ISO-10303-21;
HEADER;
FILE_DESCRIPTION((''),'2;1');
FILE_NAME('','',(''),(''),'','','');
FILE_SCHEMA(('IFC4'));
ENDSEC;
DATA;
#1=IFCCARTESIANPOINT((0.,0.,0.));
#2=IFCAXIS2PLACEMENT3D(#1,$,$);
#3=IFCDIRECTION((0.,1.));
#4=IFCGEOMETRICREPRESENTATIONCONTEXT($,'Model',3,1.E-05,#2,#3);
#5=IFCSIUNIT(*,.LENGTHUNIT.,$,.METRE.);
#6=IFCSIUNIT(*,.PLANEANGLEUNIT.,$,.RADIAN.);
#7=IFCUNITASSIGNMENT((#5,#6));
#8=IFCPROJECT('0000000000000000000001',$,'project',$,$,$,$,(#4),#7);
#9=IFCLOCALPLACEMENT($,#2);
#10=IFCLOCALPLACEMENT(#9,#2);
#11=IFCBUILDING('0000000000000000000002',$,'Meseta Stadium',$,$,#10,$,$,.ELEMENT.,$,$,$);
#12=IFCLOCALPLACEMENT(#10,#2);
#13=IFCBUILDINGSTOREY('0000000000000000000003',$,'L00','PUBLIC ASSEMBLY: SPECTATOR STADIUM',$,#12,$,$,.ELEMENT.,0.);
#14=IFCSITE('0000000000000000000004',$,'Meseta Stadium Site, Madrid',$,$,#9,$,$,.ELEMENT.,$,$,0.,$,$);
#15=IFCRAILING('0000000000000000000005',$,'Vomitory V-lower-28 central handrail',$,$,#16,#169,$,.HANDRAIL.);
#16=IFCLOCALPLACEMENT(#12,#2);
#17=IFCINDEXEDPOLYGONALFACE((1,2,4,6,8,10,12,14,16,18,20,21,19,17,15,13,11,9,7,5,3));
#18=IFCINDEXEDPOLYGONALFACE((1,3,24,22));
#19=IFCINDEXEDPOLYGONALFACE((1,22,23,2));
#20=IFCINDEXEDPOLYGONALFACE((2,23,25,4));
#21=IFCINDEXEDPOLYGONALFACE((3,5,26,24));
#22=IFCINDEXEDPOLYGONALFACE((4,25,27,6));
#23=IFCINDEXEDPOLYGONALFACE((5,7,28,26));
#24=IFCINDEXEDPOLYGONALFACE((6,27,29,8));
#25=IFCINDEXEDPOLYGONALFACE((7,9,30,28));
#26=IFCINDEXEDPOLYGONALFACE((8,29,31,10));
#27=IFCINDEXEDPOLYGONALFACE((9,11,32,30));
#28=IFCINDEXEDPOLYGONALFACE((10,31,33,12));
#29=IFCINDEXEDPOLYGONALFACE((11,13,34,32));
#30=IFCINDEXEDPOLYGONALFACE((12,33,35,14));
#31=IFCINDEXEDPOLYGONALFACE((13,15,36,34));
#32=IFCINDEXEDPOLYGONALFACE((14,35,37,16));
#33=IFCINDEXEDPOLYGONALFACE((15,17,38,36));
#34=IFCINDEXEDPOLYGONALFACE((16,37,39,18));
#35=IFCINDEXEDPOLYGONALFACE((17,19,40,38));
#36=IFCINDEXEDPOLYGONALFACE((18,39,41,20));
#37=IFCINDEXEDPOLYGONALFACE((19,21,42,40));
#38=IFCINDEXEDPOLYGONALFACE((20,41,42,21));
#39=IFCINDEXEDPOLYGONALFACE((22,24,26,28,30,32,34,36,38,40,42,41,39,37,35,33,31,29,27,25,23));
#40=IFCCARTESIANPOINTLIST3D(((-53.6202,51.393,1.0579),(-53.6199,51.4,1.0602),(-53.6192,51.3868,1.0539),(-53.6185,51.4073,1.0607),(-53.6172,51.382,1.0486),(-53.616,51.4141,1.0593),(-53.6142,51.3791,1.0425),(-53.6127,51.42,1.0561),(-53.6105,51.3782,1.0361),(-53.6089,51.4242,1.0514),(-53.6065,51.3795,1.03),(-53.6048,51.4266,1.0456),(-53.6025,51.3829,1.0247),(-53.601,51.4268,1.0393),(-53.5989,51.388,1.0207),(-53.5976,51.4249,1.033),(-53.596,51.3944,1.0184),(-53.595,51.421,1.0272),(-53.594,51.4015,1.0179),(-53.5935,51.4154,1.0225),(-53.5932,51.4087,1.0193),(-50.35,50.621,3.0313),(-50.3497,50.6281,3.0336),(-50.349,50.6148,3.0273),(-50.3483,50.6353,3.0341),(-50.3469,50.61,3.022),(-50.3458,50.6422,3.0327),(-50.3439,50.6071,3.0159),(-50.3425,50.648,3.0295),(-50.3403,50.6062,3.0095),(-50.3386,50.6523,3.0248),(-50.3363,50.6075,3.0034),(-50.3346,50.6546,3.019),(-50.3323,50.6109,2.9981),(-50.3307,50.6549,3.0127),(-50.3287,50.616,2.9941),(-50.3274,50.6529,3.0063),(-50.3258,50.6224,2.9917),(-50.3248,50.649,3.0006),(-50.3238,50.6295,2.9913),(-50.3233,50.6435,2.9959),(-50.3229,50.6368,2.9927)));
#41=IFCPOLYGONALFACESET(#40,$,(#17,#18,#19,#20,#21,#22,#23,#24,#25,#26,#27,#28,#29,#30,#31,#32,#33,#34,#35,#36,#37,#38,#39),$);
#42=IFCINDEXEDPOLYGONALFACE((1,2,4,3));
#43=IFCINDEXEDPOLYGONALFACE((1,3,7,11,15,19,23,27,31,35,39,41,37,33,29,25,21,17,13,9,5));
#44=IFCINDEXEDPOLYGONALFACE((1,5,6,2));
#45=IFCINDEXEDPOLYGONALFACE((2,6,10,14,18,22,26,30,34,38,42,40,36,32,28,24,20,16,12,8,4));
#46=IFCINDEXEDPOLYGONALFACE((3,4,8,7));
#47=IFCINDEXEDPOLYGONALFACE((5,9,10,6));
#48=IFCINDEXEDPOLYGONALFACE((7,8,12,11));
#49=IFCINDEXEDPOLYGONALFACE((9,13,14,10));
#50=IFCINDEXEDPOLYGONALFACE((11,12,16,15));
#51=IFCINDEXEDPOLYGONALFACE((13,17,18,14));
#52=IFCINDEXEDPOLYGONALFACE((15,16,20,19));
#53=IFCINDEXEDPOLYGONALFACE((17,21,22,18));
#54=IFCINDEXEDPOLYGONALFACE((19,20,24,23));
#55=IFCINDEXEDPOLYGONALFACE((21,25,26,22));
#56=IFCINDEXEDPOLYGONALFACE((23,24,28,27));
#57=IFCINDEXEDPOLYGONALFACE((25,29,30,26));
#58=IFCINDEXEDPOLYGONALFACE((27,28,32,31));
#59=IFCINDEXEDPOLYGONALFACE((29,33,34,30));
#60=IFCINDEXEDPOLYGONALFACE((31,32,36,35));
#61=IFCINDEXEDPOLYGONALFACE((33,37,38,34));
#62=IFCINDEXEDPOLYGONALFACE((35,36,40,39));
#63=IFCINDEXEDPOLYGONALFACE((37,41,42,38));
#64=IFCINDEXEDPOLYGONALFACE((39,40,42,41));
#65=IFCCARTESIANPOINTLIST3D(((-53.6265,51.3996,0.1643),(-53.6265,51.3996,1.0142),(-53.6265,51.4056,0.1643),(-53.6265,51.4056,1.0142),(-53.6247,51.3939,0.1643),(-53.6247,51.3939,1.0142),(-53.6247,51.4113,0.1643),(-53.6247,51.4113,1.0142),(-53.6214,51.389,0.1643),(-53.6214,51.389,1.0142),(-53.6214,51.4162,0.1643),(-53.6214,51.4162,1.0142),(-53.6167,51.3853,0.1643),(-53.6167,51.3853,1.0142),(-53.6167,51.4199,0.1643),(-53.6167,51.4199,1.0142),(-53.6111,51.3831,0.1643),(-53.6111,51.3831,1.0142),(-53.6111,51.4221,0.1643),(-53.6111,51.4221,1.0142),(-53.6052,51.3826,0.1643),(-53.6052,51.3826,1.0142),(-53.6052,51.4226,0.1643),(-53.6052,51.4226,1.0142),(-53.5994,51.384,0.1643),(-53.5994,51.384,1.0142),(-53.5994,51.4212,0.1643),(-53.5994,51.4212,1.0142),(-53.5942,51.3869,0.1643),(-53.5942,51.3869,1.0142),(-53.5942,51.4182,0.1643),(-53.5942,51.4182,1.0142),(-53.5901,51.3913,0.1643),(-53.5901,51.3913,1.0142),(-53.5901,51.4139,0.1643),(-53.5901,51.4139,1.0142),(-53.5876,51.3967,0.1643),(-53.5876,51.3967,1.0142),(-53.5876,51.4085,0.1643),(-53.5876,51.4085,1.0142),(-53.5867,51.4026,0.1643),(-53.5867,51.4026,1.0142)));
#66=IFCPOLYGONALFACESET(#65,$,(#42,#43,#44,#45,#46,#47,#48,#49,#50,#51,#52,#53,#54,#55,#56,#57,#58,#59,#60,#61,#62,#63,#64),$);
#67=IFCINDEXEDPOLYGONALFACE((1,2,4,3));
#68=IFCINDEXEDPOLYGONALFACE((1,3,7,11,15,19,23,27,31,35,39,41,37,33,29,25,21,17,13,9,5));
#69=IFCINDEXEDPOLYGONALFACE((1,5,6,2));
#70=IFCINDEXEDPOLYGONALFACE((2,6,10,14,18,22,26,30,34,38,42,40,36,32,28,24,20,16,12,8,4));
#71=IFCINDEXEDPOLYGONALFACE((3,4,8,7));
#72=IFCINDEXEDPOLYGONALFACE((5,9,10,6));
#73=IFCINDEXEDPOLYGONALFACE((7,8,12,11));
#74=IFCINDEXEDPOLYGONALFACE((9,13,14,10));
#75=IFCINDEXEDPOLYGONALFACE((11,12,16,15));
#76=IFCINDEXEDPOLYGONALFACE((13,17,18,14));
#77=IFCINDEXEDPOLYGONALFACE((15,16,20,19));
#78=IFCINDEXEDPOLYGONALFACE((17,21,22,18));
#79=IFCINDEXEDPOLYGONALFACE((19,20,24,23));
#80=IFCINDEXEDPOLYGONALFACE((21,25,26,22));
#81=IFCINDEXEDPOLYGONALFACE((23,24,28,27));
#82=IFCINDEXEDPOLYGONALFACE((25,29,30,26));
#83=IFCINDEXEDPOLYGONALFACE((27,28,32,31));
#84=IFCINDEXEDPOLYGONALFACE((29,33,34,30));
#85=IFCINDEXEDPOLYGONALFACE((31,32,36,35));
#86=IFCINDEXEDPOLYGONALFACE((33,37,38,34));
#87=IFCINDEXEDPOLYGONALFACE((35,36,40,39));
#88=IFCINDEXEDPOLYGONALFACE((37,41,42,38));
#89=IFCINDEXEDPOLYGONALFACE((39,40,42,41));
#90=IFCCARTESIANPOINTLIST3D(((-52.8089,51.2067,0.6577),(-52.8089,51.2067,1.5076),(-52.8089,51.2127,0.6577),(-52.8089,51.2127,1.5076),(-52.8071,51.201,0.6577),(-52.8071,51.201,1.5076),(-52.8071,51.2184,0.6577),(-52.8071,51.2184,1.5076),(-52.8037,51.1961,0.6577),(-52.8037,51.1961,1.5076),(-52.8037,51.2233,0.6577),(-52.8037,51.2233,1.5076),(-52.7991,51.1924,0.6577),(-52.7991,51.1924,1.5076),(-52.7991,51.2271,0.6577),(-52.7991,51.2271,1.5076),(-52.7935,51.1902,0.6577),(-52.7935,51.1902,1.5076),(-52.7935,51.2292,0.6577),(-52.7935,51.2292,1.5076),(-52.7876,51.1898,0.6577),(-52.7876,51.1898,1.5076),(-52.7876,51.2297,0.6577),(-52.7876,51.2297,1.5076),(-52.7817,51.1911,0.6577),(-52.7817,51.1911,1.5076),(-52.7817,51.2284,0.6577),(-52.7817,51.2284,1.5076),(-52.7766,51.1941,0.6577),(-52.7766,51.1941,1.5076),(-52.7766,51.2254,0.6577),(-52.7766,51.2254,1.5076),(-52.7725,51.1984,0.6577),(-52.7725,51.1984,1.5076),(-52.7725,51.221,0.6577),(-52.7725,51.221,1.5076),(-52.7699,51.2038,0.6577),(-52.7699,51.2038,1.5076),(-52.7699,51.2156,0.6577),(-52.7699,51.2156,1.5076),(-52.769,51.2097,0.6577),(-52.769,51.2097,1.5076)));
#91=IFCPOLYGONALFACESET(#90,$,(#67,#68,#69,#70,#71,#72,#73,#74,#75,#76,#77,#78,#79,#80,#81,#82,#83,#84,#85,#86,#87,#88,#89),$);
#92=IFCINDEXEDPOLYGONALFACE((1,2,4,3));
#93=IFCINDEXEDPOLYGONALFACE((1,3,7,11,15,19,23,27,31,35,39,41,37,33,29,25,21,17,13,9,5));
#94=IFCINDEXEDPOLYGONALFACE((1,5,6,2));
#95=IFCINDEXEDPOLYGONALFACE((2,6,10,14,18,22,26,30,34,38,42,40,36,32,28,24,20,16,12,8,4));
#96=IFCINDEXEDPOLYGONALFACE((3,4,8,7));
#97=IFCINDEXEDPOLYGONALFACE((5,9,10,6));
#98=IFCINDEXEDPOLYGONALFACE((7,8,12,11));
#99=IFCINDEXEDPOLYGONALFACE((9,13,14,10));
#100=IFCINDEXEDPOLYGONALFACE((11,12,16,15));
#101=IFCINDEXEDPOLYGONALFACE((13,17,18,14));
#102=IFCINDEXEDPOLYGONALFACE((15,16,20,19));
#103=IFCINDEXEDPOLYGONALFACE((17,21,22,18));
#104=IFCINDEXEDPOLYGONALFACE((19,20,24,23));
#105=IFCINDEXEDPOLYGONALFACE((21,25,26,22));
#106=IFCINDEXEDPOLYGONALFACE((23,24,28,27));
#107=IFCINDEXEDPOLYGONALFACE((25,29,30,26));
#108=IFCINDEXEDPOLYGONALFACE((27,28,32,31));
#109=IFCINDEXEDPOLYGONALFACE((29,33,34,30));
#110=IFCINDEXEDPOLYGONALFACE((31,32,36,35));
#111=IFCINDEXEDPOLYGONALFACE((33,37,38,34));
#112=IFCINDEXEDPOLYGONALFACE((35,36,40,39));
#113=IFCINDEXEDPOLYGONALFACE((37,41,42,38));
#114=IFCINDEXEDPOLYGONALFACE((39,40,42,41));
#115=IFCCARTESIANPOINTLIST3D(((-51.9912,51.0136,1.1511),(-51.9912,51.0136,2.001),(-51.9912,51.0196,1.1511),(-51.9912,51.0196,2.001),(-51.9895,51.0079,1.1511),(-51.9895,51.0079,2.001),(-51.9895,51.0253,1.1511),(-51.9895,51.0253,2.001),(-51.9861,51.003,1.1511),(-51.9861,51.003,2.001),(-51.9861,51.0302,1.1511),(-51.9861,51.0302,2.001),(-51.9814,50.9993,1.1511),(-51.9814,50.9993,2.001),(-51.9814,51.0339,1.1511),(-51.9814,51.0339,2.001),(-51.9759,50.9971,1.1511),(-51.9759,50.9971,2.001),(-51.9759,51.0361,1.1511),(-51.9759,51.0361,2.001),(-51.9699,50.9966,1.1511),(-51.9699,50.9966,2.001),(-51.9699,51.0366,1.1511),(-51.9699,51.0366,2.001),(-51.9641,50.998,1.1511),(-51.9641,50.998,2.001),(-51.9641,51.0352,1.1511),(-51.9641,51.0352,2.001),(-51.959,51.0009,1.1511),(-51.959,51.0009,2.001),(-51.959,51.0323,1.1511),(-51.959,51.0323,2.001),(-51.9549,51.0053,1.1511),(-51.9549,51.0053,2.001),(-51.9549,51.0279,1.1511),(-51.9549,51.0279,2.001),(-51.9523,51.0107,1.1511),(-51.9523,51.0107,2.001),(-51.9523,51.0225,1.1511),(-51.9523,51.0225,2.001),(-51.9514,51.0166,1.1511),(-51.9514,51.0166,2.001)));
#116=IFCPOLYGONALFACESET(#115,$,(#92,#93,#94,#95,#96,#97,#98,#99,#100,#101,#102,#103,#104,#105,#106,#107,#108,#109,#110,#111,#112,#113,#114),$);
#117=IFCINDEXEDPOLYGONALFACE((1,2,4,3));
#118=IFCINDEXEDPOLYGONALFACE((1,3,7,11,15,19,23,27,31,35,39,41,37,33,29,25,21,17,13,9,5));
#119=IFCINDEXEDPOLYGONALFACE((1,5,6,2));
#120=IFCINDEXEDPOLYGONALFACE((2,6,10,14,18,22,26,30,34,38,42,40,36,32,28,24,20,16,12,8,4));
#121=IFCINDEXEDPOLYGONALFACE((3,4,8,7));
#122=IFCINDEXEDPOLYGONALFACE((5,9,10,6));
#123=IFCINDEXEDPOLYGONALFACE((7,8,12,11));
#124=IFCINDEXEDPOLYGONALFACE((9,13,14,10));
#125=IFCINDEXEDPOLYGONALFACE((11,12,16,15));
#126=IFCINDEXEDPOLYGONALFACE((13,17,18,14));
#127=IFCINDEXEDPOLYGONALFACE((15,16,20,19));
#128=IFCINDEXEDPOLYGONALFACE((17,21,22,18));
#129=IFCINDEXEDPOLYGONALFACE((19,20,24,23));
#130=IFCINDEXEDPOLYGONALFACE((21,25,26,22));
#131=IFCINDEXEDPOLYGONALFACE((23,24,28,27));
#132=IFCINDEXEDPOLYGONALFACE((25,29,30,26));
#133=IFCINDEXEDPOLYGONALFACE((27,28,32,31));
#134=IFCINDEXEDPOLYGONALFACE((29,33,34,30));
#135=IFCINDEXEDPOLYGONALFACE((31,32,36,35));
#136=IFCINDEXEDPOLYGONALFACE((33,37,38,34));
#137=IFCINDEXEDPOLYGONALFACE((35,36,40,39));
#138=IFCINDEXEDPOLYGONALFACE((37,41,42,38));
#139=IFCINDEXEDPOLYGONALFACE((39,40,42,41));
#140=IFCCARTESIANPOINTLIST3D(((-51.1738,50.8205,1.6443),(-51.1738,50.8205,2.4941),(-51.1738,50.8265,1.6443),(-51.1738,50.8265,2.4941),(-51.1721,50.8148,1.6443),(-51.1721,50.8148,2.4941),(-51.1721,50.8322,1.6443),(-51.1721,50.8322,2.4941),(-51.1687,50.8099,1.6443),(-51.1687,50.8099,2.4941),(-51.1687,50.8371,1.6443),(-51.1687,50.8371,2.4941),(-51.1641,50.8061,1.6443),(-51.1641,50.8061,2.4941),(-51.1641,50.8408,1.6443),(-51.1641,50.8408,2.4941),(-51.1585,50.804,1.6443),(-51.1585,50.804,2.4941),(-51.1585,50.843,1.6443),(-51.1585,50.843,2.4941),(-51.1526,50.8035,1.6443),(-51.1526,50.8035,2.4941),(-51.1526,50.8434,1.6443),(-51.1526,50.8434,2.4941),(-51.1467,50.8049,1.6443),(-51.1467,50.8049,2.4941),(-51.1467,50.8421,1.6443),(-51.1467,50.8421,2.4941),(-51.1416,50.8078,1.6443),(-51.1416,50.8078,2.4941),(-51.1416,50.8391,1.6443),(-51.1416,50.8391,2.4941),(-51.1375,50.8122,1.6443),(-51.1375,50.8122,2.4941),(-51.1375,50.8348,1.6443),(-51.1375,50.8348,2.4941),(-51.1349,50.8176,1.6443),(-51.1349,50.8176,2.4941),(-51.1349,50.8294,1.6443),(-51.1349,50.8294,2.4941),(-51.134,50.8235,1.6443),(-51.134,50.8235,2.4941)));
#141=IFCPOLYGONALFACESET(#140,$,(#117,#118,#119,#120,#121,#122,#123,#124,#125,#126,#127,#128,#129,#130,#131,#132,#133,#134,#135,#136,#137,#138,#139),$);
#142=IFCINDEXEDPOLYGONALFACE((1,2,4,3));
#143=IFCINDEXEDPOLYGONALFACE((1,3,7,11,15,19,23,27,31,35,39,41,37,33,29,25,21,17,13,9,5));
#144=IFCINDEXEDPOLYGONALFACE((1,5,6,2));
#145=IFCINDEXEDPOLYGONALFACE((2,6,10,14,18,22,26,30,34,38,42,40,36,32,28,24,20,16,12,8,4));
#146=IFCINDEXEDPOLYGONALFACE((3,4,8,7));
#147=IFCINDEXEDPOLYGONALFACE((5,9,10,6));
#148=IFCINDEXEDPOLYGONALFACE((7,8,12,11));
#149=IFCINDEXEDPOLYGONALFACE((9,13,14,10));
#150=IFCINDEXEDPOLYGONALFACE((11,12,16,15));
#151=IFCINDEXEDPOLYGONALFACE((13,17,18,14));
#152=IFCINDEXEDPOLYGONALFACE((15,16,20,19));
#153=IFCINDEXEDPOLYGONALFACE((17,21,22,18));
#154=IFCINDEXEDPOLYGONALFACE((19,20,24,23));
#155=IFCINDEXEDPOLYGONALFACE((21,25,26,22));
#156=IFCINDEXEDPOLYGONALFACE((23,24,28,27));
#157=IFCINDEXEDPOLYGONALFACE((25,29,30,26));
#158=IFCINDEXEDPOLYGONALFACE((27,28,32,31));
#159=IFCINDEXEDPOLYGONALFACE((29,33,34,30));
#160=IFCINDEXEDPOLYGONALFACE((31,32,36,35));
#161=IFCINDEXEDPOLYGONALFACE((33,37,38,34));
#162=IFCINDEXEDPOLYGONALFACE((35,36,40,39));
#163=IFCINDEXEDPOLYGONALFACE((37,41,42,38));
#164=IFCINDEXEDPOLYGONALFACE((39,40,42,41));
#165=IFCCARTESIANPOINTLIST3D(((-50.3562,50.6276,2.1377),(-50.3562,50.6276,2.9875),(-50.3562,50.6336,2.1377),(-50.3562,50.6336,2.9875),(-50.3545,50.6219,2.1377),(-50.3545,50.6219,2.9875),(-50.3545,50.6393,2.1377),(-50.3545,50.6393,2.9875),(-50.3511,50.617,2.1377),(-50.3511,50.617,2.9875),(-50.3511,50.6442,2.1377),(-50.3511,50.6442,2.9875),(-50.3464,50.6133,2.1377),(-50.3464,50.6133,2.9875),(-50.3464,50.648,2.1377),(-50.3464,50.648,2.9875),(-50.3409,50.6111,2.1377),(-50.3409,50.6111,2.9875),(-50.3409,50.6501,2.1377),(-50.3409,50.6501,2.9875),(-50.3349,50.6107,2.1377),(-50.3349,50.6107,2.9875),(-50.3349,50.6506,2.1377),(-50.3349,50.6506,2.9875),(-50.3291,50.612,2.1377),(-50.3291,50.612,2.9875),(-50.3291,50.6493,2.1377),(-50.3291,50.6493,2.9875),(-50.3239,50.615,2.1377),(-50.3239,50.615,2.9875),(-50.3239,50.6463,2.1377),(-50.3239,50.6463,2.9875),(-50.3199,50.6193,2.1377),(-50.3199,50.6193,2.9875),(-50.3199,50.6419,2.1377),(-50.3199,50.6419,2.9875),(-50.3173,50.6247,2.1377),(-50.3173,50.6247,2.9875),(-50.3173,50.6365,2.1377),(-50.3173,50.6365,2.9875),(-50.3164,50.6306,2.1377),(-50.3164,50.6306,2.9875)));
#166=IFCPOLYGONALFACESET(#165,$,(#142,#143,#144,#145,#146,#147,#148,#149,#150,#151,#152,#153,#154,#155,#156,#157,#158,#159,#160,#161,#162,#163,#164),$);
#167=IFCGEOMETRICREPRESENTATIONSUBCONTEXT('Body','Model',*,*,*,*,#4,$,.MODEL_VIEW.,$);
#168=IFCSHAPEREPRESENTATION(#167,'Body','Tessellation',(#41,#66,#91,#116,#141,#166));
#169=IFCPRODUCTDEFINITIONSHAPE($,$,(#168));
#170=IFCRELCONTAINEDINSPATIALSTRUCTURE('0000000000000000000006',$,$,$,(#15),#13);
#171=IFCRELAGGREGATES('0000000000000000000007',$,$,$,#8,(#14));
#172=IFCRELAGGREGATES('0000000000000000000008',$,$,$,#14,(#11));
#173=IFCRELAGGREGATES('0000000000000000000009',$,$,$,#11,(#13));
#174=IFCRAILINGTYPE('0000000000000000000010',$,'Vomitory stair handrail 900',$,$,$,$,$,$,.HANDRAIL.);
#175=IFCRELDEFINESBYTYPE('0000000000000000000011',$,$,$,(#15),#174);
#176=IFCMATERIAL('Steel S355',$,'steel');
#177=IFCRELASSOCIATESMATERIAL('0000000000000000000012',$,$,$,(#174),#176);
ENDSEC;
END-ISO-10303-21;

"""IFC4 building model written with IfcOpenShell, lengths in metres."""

from ifc_helpers import new_model, si_unit, direction, frame, origin, origin_2d, place, context, subcontext, project, spatial, circle, extrude, material, type_object, element, save


model = new_model("IFC4")

# Units and contexts
model_context = context("Model", 3, precision=1e-05, world=origin(), true_north=direction((0.0, 1.0)))
body_context = subcontext(model_context, "Body", "Model", "MODEL_VIEW")
ifc_project = project(units=[si_unit("LENGTHUNIT", "METRE"), si_unit("PLANEANGLEUNIT", "RADIAN")], contexts=[model_context])

# Site, building, storey
site_placement = place(None, origin())
site = spatial("IfcSite", under=ifc_project, at=site_placement, Name="Meseta Stadium Site, Madrid", CompositionType="ELEMENT", RefElevation=0.0)
building_placement = place(site_placement, origin())
building = spatial("IfcBuilding", under=site, at=building_placement, Name="Meseta Stadium", CompositionType="ELEMENT")
storey_placement = place(building_placement, origin())
storey = spatial("IfcBuildingStorey", under=building, at=storey_placement, Name="L00", Description="PUBLIC ASSEMBLY: SPECTATOR STADIUM", CompositionType="ELEMENT", Elevation=0.0)

# Railing
ifc_material_1 = material(Name="Steel S355", Category="steel")
railing_type_1 = type_object("IfcRailingType", Name="Vomitory stair handrail 900", PredefinedType="HANDRAIL", material=ifc_material_1)
railing_1_placement = place(storey_placement, frame((-53.6067, 51.4026, 0.1643)))
element("IfcRailing", 1, at=railing_1_placement, inside=storey, type_object=railing_type_1, Name="Vomitory V-lower-28 central handrail", PredefinedType="HANDRAIL", context=body_context, shape_type="SweptSolid", body=[
    extrude(circle(Radius=0.0249, at=origin_2d()), frame((0.0, 0.0, 0.875), z_axis=(0.839224, -0.198106, 0.506416), x_axis=(0.229744, 0.973251, 0.0)), (0.0, 0.0, 1.0), 3.8967),
    extrude(circle(Radius=0.02, at=origin_2d()), origin(), (0.0, 0.0, 1.0), 0.8499),
    extrude(circle(Radius=0.02, at=origin_2d()), frame((0.8176, -0.1929, 0.4934)), (0.0, 0.0, 1.0), 0.8499),
    extrude(circle(Radius=0.02, at=origin_2d()), frame((1.6353, -0.386, 0.9868)), (0.0, 0.0, 1.0), 0.8499),
    extrude(circle(Radius=0.02, at=origin_2d()), frame((2.4526, -0.5791, 1.48)), (0.0, 0.0, 1.0), 0.8499),
    extrude(circle(Radius=0.02, at=origin_2d()), frame((3.2703, -0.772, 1.9734)), (0.0, 0.0, 1.0), 0.8499),
])

save(model, "model.ifc")
